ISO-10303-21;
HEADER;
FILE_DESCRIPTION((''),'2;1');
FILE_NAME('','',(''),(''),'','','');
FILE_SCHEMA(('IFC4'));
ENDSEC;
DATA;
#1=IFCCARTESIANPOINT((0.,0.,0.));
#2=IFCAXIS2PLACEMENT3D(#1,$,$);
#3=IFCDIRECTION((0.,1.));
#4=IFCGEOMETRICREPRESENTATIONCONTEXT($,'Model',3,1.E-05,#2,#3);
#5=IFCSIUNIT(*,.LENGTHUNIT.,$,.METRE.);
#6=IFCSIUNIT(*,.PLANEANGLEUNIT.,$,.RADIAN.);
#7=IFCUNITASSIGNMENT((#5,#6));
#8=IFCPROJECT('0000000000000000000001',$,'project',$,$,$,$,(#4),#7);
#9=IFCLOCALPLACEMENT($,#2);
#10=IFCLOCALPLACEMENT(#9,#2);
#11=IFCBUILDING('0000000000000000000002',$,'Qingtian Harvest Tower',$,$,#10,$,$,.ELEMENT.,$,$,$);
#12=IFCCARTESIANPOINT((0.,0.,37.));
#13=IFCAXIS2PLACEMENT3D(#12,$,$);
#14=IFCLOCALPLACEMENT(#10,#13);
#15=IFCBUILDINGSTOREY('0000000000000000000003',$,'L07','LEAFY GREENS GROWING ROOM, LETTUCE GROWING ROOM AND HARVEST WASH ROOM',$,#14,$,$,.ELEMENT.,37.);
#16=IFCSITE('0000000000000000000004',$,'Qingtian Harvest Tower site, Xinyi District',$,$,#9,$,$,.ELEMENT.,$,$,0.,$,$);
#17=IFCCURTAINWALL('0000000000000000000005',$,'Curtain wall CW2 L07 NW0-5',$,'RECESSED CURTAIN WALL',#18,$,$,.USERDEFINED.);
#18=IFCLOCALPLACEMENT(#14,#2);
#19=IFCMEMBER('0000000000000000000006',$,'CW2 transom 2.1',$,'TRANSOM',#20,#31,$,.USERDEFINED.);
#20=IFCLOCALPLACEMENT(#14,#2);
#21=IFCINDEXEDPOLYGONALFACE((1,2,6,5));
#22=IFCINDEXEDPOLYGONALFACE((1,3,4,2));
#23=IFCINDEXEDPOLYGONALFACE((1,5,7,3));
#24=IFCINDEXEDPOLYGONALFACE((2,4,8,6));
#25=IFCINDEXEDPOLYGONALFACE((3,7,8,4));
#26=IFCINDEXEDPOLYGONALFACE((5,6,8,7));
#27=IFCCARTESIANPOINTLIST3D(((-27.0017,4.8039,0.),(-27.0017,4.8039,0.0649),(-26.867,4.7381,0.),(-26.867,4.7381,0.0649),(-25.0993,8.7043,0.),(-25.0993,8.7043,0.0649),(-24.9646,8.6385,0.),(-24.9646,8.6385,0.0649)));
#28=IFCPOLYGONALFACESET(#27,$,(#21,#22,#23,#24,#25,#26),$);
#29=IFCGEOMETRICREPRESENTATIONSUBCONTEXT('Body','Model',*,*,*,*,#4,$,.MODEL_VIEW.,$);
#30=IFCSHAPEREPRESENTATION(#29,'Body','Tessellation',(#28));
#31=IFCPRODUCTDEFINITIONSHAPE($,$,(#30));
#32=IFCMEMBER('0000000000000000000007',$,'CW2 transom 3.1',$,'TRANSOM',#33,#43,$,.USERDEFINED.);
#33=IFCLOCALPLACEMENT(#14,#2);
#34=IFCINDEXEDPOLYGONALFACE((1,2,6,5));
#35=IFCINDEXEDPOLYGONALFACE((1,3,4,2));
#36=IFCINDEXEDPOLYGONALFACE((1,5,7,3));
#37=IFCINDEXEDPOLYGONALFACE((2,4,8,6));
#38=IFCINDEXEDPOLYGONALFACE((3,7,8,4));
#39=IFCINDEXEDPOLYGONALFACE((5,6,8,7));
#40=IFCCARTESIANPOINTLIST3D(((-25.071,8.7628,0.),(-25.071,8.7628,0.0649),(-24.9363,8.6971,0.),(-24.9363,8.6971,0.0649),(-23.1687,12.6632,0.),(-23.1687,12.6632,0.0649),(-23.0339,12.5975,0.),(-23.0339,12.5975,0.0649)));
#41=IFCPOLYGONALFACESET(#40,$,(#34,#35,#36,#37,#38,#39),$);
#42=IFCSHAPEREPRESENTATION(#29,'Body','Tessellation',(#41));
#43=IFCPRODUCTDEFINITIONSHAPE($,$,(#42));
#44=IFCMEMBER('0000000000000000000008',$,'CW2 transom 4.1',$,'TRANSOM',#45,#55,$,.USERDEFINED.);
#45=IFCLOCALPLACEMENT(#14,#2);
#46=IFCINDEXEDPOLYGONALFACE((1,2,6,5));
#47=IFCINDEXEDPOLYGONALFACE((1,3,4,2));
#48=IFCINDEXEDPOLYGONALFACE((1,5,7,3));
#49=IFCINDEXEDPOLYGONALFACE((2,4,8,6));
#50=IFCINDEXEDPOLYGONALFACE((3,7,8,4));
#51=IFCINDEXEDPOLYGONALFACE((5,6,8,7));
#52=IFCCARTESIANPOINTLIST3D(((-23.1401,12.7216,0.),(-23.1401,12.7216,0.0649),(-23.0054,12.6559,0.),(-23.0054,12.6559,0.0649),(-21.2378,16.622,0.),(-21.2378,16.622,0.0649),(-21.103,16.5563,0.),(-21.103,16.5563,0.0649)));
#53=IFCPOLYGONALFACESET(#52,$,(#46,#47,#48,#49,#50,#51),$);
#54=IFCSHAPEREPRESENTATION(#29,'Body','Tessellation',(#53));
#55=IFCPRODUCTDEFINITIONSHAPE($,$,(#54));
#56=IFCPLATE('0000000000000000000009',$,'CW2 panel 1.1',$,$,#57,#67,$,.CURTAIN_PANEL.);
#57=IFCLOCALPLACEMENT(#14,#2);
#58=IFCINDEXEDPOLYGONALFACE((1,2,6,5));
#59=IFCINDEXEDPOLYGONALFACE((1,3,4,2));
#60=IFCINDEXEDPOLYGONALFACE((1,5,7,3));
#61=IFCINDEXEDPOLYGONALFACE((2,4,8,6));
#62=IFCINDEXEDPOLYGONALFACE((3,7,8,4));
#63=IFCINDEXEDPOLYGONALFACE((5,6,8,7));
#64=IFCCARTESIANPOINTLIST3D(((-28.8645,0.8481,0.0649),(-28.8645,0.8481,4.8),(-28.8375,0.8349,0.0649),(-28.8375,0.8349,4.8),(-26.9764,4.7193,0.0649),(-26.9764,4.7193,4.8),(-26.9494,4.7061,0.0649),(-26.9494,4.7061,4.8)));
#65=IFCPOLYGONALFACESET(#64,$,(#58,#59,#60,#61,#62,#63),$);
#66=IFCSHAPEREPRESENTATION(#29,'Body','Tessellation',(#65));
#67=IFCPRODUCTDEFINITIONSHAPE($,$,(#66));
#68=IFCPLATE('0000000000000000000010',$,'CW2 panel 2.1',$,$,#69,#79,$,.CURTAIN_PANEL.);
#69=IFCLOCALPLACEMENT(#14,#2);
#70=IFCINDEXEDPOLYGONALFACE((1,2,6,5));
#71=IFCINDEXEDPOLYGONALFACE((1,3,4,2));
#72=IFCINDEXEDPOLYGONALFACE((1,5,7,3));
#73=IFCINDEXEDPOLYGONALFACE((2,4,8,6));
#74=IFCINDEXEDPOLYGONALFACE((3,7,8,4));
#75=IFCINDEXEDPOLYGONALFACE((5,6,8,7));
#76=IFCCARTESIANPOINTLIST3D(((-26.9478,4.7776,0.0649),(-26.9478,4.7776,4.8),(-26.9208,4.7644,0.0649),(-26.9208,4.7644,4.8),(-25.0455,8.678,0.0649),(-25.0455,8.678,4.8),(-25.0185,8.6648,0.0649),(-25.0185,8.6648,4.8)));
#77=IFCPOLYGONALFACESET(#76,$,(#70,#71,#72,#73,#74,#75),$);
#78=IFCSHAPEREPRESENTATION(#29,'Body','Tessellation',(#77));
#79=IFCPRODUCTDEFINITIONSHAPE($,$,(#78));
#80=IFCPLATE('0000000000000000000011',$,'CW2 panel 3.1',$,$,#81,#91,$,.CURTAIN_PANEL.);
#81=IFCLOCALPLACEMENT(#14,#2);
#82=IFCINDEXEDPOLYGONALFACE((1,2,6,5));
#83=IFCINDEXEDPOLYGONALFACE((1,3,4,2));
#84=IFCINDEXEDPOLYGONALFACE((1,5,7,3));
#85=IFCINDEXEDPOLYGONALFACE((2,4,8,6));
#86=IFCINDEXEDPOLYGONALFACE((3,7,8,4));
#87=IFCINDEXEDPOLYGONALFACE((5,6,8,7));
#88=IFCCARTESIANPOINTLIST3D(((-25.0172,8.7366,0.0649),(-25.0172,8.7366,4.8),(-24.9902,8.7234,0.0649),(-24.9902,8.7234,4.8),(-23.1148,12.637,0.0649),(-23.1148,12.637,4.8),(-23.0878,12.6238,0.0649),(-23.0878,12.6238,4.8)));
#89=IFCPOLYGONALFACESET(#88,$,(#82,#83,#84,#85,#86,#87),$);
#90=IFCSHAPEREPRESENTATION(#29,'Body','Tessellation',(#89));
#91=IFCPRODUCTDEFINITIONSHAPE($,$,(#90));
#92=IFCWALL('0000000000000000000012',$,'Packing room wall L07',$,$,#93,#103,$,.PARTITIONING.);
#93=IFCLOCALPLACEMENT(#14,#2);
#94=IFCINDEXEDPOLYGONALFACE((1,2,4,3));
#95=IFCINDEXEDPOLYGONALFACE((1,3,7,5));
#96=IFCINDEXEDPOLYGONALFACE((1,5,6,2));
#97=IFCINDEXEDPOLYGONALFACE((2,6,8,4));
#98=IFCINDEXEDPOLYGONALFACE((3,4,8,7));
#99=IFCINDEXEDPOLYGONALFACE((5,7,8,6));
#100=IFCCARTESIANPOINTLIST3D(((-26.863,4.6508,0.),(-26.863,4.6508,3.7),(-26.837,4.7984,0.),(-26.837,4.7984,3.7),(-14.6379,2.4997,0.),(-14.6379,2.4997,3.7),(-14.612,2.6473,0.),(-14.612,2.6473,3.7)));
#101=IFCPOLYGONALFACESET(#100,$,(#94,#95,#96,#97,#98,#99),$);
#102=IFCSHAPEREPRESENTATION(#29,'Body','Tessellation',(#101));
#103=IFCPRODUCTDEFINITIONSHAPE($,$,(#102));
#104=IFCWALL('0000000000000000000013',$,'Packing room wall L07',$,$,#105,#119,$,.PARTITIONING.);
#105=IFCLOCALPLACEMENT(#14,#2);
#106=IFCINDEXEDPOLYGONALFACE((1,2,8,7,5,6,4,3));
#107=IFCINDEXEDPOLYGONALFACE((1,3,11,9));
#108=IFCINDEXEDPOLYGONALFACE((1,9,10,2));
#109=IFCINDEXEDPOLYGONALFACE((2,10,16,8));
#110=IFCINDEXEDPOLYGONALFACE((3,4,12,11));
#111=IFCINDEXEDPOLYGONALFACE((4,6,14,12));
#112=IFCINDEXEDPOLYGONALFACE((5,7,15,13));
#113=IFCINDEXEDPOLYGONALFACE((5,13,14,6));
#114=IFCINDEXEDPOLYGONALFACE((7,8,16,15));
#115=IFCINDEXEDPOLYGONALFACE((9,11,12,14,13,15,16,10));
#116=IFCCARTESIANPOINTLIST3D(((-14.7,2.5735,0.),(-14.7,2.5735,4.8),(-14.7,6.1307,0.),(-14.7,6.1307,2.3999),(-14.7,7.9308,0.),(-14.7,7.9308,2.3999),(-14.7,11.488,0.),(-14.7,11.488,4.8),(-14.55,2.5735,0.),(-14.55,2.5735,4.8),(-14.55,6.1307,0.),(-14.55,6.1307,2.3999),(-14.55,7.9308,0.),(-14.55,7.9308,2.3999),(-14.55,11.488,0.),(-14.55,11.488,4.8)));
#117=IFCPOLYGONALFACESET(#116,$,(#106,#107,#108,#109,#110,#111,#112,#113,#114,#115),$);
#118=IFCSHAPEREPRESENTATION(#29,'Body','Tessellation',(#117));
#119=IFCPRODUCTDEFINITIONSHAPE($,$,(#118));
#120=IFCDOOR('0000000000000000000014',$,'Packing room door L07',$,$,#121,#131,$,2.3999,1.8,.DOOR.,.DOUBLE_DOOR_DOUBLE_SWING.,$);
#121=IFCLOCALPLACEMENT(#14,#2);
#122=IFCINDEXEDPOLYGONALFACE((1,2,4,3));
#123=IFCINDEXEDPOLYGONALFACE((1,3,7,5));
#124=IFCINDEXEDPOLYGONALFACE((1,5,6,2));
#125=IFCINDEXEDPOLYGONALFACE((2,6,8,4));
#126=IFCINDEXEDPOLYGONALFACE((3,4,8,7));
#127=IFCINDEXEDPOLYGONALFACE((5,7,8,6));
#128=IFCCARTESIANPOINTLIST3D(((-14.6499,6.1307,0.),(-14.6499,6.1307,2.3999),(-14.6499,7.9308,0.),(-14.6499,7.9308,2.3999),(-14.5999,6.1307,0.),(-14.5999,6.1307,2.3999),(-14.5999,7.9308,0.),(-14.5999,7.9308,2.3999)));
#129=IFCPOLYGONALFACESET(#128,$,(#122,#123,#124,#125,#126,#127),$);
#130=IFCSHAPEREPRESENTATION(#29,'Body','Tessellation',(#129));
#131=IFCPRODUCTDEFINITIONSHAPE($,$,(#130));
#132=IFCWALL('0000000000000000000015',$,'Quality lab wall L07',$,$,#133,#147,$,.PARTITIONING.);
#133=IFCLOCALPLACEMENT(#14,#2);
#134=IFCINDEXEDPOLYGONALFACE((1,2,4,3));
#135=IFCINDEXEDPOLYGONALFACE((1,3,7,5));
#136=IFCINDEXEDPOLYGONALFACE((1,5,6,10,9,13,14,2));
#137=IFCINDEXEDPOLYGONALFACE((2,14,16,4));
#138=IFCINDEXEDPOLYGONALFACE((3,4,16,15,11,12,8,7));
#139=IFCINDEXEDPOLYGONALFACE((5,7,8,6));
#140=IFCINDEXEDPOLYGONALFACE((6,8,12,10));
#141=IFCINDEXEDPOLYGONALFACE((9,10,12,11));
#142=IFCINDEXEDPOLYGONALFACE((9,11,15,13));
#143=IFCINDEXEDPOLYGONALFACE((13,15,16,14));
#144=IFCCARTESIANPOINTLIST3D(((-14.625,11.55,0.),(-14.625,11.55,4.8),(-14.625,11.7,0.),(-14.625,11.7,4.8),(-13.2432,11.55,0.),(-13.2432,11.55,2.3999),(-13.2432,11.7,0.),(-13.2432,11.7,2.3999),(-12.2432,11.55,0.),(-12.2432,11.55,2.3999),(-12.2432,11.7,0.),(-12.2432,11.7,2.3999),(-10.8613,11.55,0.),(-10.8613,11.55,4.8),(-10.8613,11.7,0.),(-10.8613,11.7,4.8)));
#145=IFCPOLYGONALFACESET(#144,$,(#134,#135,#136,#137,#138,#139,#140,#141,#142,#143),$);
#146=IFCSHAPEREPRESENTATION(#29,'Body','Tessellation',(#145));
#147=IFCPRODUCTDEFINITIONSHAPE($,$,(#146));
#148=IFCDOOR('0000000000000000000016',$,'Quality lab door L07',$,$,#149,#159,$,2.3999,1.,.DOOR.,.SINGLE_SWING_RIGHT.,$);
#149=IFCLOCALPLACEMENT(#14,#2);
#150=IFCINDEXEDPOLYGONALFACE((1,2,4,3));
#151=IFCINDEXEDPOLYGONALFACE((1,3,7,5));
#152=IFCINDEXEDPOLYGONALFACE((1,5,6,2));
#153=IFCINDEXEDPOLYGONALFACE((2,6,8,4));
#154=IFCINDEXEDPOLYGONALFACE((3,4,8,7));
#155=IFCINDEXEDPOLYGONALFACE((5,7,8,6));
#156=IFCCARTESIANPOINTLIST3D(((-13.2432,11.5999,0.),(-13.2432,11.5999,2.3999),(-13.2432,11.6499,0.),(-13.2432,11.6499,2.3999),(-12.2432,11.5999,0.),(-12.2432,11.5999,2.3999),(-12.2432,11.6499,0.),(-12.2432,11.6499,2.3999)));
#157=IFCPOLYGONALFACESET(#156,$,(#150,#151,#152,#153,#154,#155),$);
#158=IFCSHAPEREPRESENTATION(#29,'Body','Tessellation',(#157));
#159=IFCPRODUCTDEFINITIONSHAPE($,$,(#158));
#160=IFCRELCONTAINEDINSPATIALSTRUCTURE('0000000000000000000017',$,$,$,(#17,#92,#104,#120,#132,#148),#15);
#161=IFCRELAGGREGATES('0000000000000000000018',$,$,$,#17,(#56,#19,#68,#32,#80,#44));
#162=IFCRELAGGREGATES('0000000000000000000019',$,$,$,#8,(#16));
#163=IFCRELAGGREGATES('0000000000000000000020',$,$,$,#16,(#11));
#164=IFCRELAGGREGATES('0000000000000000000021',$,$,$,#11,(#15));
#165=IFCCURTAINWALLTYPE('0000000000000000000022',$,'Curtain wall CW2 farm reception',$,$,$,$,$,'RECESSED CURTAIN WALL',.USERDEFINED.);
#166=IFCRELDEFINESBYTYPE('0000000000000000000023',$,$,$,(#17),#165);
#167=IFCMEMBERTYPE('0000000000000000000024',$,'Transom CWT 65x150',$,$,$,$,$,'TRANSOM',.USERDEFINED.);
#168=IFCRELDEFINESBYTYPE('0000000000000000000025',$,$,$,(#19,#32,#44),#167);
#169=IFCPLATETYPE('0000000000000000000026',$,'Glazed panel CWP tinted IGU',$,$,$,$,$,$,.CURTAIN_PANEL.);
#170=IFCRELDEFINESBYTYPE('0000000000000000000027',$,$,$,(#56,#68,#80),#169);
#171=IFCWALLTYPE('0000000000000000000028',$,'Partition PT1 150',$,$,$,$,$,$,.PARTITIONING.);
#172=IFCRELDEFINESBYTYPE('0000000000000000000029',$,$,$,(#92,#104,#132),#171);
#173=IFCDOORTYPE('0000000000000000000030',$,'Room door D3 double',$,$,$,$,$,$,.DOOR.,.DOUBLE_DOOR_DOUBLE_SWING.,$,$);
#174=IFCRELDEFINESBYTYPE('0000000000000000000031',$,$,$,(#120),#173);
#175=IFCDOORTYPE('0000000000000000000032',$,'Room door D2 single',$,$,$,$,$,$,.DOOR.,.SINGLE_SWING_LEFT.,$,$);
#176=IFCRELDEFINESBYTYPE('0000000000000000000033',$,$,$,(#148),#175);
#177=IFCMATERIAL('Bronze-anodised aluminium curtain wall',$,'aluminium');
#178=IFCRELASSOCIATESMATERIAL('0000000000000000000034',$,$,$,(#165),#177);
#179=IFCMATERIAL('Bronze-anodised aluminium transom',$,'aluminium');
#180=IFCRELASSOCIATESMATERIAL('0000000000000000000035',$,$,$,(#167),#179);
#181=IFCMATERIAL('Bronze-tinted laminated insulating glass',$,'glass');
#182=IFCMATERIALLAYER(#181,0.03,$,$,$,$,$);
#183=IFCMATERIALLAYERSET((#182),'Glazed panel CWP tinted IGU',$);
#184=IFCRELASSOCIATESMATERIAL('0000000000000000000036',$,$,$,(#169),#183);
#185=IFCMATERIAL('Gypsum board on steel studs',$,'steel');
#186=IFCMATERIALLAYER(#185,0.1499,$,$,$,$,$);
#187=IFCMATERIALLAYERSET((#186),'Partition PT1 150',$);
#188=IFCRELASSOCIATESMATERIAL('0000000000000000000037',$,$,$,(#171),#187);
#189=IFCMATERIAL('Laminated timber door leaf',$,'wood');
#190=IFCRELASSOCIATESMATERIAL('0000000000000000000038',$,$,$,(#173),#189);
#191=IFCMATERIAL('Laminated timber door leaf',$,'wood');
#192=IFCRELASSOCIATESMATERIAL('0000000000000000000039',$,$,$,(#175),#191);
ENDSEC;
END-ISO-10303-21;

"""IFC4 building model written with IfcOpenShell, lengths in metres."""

from ifc_helpers import new_model, si_unit, direction, frame, frame_2d, origin, origin_2d, place, context, subcontext, project, spatial, rectangle, extrude, material, layer, layer_set, material_profile, profile_set, type_object, element, fill, aggregate, save


model = new_model("IFC4")

# Units and contexts
model_context = context("Model", 3, precision=1e-05, world=origin(), true_north=direction((0.0, 1.0)))
body_context = subcontext(model_context, "Body", "Model", "MODEL_VIEW")
ifc_project = project(units=[si_unit("LENGTHUNIT", "METRE"), si_unit("PLANEANGLEUNIT", "RADIAN")], contexts=[model_context])

# Site, building, storey
site_placement = place(None, origin())
site = spatial("IfcSite", under=ifc_project, at=site_placement, Name="Qingtian Harvest Tower site, Xinyi District", CompositionType="ELEMENT", RefElevation=0.0)
building_placement = place(site_placement, origin())
building = spatial("IfcBuilding", under=site, at=building_placement, Name="Qingtian Harvest Tower", CompositionType="ELEMENT")
storey_placement = place(building_placement, frame((0.0, 0.0, 37.0)))
storey = spatial("IfcBuildingStorey", under=building, at=storey_placement, Name="L07", Description="LEAFY GREENS GROWING ROOM, LETTUCE GROWING ROOM AND HARVEST WASH ROOM", CompositionType="ELEMENT", Elevation=37.0)

# Shared definitions
ifc_material_1 = material(Name="Bronze-anodised aluminium curtain wall", Category="aluminium")
curtain_wall_type = type_object("IfcCurtainWallType", Name="Curtain wall CW2 farm reception", ElementType="RECESSED CURTAIN WALL", PredefinedType="USERDEFINED", material=ifc_material_1)

# Curtain wall
curtain_wall_1_placement = place(storey_placement, origin())
curtain_wall_1 = element("IfcCurtainWall", 1, at=curtain_wall_1_placement, inside=storey, type_object=curtain_wall_type, Name="Curtain wall CW2 L07 NW0-5", ObjectType="RECESSED CURTAIN WALL", PredefinedType="USERDEFINED")

# Members
ifc_material_2 = material(Name="Bronze-anodised aluminium transom", Category="aluminium")
ifc_material_profile_1 = material_profile(ifc_material_2, rectangle(XDim=0.1499, YDim=0.0649, at=origin_2d()), Name="AL 65x150")
ifc_profile_set_1 = profile_set([ifc_material_profile_1], Name="Bronze-anodised aluminium transom")
member_type_1 = type_object("IfcMemberType", Name="Transom CWT 65x150", ElementType="TRANSOM", PredefinedType="USERDEFINED", material=ifc_profile_set_1)
member_1_placement = place(storey_placement, frame((-26.9343, 4.771, 0.0325), z_axis=(0.43837, 0.898794, 0.0), x_axis=(-0.898794, 0.43837, 0.0)))
member_1 = element("IfcMember", 2, at=member_1_placement, type_object=member_type_1, Name="CW2 transom 2.1", ObjectType="TRANSOM", PredefinedType="USERDEFINED", context=body_context, shape_type="SweptSolid", body=[
    extrude(rectangle(XDim=0.1499, YDim=0.0649, at=origin_2d()), origin(), (0.0, 0.0, 1.0), 4.3396),
])
member_2_placement = place(storey_placement, frame((-25.0037, 8.73, 0.0325), z_axis=(0.43837, 0.898794, 0.0), x_axis=(-0.898794, 0.43837, 0.0)))
member_2 = element("IfcMember", 3, at=member_2_placement, type_object=member_type_1, Name="CW2 transom 3.1", ObjectType="TRANSOM", PredefinedType="USERDEFINED", context=body_context, shape_type="SweptSolid", body=[
    extrude(rectangle(XDim=0.1499, YDim=0.0649, at=origin_2d()), origin(), (0.0, 0.0, 1.0), 4.3396),
])
member_3_placement = place(storey_placement, frame((-23.0728, 12.6887, 0.0325), z_axis=(0.43837, 0.898794, 0.0), x_axis=(-0.898794, 0.43837, 0.0)))
member_3 = element("IfcMember", 4, at=member_3_placement, type_object=member_type_1, Name="CW2 transom 4.1", ObjectType="TRANSOM", PredefinedType="USERDEFINED", context=body_context, shape_type="SweptSolid", body=[
    extrude(rectangle(XDim=0.1499, YDim=0.0649, at=origin_2d()), origin(), (0.0, 0.0, 1.0), 4.3396),
])

# Plates
ifc_material_3 = material(Name="Bronze-tinted laminated insulating glass", Category="glass")
ifc_layer_1 = layer(ifc_material_3, 0.03)
ifc_layer_set_1 = layer_set([ifc_layer_1], Name="Glazed panel CWP tinted IGU")
plate_type = type_object("IfcPlateType", Name="Glazed panel CWP tinted IGU", PredefinedType="CURTAIN_PANEL", material=ifc_layer_set_1)
plate_1_placement = place(storey_placement, frame((-27.907, 2.7771, 0.0649), z_axis=(0.0, 0.0, 1.0), x_axis=(0.438371, 0.898794, 0.0)))
plate_1 = element("IfcPlate", 5, at=plate_1_placement, type_object=plate_type, Name="CW2 panel 1.1", PredefinedType="CURTAIN_PANEL", context=body_context, shape_type="SweptSolid", body=[
    extrude(rectangle(XDim=4.3071, YDim=0.03, at=origin_2d()), origin(), (0.0, 0.0, 1.0), 4.7351),
])
plate_2_placement = place(storey_placement, frame((-25.9832, 6.7212, 0.0649), z_axis=(0.0, 0.0, 1.0), x_axis=(0.438371, 0.898794, 0.0)))
plate_2 = element("IfcPlate", 6, at=plate_2_placement, type_object=plate_type, Name="CW2 panel 2.1", PredefinedType="CURTAIN_PANEL", context=body_context, shape_type="SweptSolid", body=[
    extrude(rectangle(XDim=4.3396, YDim=0.03, at=origin_2d()), origin(), (0.0, 0.0, 1.0), 4.7351),
])
plate_3_placement = place(storey_placement, frame((-24.0525, 10.6802, 0.0649), z_axis=(0.0, 0.0, 1.0), x_axis=(0.438371, 0.898794, 0.0)))
plate_3 = element("IfcPlate", 7, at=plate_3_placement, type_object=plate_type, Name="CW2 panel 3.1", PredefinedType="CURTAIN_PANEL", context=body_context, shape_type="SweptSolid", body=[
    extrude(rectangle(XDim=4.3396, YDim=0.03, at=origin_2d()), origin(), (0.0, 0.0, 1.0), 4.7351),
])
aggregate(curtain_wall_1, [plate_1, member_1, plate_2, member_2, plate_3, member_3])

# Wall
ifc_material_4 = material(Name="Gypsum board on steel studs", Category="steel")
ifc_layer_2 = layer(ifc_material_4, 0.1499)
ifc_layer_set_2 = layer_set([ifc_layer_2], Name="Partition PT1 150")
wall_type = type_object("IfcWallType", Name="Partition PT1 150", PredefinedType="PARTITIONING", material=ifc_layer_set_2)
wall_1_placement = place(storey_placement, frame((-26.8501, 4.7246, 0.0), z_axis=(0.0, 0.0, 1.0), x_axis=(0.98487, -0.173297, 0.0)))
element("IfcWall", 8, at=wall_1_placement, inside=storey, type_object=wall_type, Name="Packing room wall L07", PredefinedType="PARTITIONING", context=body_context, shape_type="SweptSolid", body=[
    extrude(rectangle(XDim=12.4128, YDim=0.1499, at=frame_2d((6.2065, 0.0))), origin(), (0.0, 0.0, 1.0), 3.7),
])

# Walls, openings, doors
wall_2_placement = place(storey_placement, frame((-14.625, 2.5735, 0.0), z_axis=(0.0, 0.0, 1.0), x_axis=(0.0, 1.0, 0.0)))
wall_2 = element("IfcWall", 9, at=wall_2_placement, inside=storey, type_object=wall_type, Name="Packing room wall L07", PredefinedType="PARTITIONING", context=body_context, shape_type="SweptSolid", body=[
    extrude(rectangle(XDim=8.9146, YDim=0.1499, at=frame_2d((4.4573, 0.0))), origin(), (0.0, 0.0, 1.0), 4.8),
])
opening_1_placement = place(wall_2_placement, frame((3.5574, 0.0, 0.0)))
opening_1 = element("IfcOpeningElement", 10, at=opening_1_placement, cuts=wall_2, PredefinedType="OPENING", context=body_context, shape_type="SweptSolid", body=[
    extrude(rectangle(XDim=1.8, YDim=2.3999, at=frame_2d((0.8999, 1.2))), frame((0.0, 0.085, 0.0), z_axis=(0.0, -1.0, 0.0), x_axis=(1.0, 0.0, 0.0)), (0.0, 0.0, 1.0), 0.1699),
])
ifc_material_5 = material(Name="Laminated timber door leaf", Category="wood")
door_type_1 = type_object("IfcDoorType", Name="Room door D3 double", OperationType="DOUBLE_DOOR_DOUBLE_SWING", PredefinedType="DOOR", material=ifc_material_5)
door_1_placement = place(opening_1_placement, origin())
door_1 = element("IfcDoor", 11, at=door_1_placement, inside=storey, type_object=door_type_1, Name="Packing room door L07", OperationType="DOUBLE_DOOR_DOUBLE_SWING", OverallHeight=2.3999, OverallWidth=1.8, PredefinedType="DOOR", context=body_context, shape_type="SweptSolid", body=[
    extrude(rectangle(XDim=1.8, YDim=2.3999, at=frame_2d((0.8999, 1.2))), frame((0.0, 0.0249, 0.0), z_axis=(0.0, -1.0, 0.0), x_axis=(1.0, 0.0, 0.0)), (0.0, 0.0, 1.0), 0.05),
])
fill(opening_1, door_1)
wall_3_placement = place(storey_placement, frame((-14.625, 11.625, 0.0), z_axis=(0.0, 0.0, 1.0), x_axis=(1.0, 0.0, 0.0)))
wall_3 = element("IfcWall", 12, at=wall_3_placement, inside=storey, type_object=wall_type, Name="Quality lab wall L07", PredefinedType="PARTITIONING", context=body_context, shape_type="SweptSolid", body=[
    extrude(rectangle(XDim=3.7637, YDim=0.1499, at=frame_2d((1.8818, 0.0))), origin(), (0.0, 0.0, 1.0), 4.8),
])
opening_2_placement = place(wall_3_placement, frame((1.3818, 0.0, 0.0)))
opening_2 = element("IfcOpeningElement", 13, at=opening_2_placement, cuts=wall_3, PredefinedType="OPENING", context=body_context, shape_type="SweptSolid", body=[
    extrude(rectangle(XDim=1.0, YDim=2.3999, at=frame_2d((0.5, 1.2))), frame((0.0, 0.085, 0.0), z_axis=(0.0, -1.0, 0.0), x_axis=(1.0, 0.0, 0.0)), (0.0, 0.0, 1.0), 0.1699),
])
ifc_material_6 = material(Name="Laminated timber door leaf", Category="wood")
door_type_2 = type_object("IfcDoorType", Name="Room door D2 single", OperationType="SINGLE_SWING_LEFT", PredefinedType="DOOR", material=ifc_material_6)
door_2_placement = place(opening_2_placement, origin())
door_2 = element("IfcDoor", 14, at=door_2_placement, inside=storey, type_object=door_type_2, Name="Quality lab door L07", OperationType="SINGLE_SWING_RIGHT", OverallHeight=2.3999, OverallWidth=1.0, PredefinedType="DOOR", context=body_context, shape_type="SweptSolid", body=[
    extrude(rectangle(XDim=1.0, YDim=2.3999, at=frame_2d((0.5, 1.2))), frame((0.0, 0.0249, 0.0), z_axis=(0.0, -1.0, 0.0), x_axis=(1.0, 0.0, 0.0)), (0.0, 0.0, 1.0), 0.05),
])
fill(opening_2, door_2)

save(model, "model.ifc")
